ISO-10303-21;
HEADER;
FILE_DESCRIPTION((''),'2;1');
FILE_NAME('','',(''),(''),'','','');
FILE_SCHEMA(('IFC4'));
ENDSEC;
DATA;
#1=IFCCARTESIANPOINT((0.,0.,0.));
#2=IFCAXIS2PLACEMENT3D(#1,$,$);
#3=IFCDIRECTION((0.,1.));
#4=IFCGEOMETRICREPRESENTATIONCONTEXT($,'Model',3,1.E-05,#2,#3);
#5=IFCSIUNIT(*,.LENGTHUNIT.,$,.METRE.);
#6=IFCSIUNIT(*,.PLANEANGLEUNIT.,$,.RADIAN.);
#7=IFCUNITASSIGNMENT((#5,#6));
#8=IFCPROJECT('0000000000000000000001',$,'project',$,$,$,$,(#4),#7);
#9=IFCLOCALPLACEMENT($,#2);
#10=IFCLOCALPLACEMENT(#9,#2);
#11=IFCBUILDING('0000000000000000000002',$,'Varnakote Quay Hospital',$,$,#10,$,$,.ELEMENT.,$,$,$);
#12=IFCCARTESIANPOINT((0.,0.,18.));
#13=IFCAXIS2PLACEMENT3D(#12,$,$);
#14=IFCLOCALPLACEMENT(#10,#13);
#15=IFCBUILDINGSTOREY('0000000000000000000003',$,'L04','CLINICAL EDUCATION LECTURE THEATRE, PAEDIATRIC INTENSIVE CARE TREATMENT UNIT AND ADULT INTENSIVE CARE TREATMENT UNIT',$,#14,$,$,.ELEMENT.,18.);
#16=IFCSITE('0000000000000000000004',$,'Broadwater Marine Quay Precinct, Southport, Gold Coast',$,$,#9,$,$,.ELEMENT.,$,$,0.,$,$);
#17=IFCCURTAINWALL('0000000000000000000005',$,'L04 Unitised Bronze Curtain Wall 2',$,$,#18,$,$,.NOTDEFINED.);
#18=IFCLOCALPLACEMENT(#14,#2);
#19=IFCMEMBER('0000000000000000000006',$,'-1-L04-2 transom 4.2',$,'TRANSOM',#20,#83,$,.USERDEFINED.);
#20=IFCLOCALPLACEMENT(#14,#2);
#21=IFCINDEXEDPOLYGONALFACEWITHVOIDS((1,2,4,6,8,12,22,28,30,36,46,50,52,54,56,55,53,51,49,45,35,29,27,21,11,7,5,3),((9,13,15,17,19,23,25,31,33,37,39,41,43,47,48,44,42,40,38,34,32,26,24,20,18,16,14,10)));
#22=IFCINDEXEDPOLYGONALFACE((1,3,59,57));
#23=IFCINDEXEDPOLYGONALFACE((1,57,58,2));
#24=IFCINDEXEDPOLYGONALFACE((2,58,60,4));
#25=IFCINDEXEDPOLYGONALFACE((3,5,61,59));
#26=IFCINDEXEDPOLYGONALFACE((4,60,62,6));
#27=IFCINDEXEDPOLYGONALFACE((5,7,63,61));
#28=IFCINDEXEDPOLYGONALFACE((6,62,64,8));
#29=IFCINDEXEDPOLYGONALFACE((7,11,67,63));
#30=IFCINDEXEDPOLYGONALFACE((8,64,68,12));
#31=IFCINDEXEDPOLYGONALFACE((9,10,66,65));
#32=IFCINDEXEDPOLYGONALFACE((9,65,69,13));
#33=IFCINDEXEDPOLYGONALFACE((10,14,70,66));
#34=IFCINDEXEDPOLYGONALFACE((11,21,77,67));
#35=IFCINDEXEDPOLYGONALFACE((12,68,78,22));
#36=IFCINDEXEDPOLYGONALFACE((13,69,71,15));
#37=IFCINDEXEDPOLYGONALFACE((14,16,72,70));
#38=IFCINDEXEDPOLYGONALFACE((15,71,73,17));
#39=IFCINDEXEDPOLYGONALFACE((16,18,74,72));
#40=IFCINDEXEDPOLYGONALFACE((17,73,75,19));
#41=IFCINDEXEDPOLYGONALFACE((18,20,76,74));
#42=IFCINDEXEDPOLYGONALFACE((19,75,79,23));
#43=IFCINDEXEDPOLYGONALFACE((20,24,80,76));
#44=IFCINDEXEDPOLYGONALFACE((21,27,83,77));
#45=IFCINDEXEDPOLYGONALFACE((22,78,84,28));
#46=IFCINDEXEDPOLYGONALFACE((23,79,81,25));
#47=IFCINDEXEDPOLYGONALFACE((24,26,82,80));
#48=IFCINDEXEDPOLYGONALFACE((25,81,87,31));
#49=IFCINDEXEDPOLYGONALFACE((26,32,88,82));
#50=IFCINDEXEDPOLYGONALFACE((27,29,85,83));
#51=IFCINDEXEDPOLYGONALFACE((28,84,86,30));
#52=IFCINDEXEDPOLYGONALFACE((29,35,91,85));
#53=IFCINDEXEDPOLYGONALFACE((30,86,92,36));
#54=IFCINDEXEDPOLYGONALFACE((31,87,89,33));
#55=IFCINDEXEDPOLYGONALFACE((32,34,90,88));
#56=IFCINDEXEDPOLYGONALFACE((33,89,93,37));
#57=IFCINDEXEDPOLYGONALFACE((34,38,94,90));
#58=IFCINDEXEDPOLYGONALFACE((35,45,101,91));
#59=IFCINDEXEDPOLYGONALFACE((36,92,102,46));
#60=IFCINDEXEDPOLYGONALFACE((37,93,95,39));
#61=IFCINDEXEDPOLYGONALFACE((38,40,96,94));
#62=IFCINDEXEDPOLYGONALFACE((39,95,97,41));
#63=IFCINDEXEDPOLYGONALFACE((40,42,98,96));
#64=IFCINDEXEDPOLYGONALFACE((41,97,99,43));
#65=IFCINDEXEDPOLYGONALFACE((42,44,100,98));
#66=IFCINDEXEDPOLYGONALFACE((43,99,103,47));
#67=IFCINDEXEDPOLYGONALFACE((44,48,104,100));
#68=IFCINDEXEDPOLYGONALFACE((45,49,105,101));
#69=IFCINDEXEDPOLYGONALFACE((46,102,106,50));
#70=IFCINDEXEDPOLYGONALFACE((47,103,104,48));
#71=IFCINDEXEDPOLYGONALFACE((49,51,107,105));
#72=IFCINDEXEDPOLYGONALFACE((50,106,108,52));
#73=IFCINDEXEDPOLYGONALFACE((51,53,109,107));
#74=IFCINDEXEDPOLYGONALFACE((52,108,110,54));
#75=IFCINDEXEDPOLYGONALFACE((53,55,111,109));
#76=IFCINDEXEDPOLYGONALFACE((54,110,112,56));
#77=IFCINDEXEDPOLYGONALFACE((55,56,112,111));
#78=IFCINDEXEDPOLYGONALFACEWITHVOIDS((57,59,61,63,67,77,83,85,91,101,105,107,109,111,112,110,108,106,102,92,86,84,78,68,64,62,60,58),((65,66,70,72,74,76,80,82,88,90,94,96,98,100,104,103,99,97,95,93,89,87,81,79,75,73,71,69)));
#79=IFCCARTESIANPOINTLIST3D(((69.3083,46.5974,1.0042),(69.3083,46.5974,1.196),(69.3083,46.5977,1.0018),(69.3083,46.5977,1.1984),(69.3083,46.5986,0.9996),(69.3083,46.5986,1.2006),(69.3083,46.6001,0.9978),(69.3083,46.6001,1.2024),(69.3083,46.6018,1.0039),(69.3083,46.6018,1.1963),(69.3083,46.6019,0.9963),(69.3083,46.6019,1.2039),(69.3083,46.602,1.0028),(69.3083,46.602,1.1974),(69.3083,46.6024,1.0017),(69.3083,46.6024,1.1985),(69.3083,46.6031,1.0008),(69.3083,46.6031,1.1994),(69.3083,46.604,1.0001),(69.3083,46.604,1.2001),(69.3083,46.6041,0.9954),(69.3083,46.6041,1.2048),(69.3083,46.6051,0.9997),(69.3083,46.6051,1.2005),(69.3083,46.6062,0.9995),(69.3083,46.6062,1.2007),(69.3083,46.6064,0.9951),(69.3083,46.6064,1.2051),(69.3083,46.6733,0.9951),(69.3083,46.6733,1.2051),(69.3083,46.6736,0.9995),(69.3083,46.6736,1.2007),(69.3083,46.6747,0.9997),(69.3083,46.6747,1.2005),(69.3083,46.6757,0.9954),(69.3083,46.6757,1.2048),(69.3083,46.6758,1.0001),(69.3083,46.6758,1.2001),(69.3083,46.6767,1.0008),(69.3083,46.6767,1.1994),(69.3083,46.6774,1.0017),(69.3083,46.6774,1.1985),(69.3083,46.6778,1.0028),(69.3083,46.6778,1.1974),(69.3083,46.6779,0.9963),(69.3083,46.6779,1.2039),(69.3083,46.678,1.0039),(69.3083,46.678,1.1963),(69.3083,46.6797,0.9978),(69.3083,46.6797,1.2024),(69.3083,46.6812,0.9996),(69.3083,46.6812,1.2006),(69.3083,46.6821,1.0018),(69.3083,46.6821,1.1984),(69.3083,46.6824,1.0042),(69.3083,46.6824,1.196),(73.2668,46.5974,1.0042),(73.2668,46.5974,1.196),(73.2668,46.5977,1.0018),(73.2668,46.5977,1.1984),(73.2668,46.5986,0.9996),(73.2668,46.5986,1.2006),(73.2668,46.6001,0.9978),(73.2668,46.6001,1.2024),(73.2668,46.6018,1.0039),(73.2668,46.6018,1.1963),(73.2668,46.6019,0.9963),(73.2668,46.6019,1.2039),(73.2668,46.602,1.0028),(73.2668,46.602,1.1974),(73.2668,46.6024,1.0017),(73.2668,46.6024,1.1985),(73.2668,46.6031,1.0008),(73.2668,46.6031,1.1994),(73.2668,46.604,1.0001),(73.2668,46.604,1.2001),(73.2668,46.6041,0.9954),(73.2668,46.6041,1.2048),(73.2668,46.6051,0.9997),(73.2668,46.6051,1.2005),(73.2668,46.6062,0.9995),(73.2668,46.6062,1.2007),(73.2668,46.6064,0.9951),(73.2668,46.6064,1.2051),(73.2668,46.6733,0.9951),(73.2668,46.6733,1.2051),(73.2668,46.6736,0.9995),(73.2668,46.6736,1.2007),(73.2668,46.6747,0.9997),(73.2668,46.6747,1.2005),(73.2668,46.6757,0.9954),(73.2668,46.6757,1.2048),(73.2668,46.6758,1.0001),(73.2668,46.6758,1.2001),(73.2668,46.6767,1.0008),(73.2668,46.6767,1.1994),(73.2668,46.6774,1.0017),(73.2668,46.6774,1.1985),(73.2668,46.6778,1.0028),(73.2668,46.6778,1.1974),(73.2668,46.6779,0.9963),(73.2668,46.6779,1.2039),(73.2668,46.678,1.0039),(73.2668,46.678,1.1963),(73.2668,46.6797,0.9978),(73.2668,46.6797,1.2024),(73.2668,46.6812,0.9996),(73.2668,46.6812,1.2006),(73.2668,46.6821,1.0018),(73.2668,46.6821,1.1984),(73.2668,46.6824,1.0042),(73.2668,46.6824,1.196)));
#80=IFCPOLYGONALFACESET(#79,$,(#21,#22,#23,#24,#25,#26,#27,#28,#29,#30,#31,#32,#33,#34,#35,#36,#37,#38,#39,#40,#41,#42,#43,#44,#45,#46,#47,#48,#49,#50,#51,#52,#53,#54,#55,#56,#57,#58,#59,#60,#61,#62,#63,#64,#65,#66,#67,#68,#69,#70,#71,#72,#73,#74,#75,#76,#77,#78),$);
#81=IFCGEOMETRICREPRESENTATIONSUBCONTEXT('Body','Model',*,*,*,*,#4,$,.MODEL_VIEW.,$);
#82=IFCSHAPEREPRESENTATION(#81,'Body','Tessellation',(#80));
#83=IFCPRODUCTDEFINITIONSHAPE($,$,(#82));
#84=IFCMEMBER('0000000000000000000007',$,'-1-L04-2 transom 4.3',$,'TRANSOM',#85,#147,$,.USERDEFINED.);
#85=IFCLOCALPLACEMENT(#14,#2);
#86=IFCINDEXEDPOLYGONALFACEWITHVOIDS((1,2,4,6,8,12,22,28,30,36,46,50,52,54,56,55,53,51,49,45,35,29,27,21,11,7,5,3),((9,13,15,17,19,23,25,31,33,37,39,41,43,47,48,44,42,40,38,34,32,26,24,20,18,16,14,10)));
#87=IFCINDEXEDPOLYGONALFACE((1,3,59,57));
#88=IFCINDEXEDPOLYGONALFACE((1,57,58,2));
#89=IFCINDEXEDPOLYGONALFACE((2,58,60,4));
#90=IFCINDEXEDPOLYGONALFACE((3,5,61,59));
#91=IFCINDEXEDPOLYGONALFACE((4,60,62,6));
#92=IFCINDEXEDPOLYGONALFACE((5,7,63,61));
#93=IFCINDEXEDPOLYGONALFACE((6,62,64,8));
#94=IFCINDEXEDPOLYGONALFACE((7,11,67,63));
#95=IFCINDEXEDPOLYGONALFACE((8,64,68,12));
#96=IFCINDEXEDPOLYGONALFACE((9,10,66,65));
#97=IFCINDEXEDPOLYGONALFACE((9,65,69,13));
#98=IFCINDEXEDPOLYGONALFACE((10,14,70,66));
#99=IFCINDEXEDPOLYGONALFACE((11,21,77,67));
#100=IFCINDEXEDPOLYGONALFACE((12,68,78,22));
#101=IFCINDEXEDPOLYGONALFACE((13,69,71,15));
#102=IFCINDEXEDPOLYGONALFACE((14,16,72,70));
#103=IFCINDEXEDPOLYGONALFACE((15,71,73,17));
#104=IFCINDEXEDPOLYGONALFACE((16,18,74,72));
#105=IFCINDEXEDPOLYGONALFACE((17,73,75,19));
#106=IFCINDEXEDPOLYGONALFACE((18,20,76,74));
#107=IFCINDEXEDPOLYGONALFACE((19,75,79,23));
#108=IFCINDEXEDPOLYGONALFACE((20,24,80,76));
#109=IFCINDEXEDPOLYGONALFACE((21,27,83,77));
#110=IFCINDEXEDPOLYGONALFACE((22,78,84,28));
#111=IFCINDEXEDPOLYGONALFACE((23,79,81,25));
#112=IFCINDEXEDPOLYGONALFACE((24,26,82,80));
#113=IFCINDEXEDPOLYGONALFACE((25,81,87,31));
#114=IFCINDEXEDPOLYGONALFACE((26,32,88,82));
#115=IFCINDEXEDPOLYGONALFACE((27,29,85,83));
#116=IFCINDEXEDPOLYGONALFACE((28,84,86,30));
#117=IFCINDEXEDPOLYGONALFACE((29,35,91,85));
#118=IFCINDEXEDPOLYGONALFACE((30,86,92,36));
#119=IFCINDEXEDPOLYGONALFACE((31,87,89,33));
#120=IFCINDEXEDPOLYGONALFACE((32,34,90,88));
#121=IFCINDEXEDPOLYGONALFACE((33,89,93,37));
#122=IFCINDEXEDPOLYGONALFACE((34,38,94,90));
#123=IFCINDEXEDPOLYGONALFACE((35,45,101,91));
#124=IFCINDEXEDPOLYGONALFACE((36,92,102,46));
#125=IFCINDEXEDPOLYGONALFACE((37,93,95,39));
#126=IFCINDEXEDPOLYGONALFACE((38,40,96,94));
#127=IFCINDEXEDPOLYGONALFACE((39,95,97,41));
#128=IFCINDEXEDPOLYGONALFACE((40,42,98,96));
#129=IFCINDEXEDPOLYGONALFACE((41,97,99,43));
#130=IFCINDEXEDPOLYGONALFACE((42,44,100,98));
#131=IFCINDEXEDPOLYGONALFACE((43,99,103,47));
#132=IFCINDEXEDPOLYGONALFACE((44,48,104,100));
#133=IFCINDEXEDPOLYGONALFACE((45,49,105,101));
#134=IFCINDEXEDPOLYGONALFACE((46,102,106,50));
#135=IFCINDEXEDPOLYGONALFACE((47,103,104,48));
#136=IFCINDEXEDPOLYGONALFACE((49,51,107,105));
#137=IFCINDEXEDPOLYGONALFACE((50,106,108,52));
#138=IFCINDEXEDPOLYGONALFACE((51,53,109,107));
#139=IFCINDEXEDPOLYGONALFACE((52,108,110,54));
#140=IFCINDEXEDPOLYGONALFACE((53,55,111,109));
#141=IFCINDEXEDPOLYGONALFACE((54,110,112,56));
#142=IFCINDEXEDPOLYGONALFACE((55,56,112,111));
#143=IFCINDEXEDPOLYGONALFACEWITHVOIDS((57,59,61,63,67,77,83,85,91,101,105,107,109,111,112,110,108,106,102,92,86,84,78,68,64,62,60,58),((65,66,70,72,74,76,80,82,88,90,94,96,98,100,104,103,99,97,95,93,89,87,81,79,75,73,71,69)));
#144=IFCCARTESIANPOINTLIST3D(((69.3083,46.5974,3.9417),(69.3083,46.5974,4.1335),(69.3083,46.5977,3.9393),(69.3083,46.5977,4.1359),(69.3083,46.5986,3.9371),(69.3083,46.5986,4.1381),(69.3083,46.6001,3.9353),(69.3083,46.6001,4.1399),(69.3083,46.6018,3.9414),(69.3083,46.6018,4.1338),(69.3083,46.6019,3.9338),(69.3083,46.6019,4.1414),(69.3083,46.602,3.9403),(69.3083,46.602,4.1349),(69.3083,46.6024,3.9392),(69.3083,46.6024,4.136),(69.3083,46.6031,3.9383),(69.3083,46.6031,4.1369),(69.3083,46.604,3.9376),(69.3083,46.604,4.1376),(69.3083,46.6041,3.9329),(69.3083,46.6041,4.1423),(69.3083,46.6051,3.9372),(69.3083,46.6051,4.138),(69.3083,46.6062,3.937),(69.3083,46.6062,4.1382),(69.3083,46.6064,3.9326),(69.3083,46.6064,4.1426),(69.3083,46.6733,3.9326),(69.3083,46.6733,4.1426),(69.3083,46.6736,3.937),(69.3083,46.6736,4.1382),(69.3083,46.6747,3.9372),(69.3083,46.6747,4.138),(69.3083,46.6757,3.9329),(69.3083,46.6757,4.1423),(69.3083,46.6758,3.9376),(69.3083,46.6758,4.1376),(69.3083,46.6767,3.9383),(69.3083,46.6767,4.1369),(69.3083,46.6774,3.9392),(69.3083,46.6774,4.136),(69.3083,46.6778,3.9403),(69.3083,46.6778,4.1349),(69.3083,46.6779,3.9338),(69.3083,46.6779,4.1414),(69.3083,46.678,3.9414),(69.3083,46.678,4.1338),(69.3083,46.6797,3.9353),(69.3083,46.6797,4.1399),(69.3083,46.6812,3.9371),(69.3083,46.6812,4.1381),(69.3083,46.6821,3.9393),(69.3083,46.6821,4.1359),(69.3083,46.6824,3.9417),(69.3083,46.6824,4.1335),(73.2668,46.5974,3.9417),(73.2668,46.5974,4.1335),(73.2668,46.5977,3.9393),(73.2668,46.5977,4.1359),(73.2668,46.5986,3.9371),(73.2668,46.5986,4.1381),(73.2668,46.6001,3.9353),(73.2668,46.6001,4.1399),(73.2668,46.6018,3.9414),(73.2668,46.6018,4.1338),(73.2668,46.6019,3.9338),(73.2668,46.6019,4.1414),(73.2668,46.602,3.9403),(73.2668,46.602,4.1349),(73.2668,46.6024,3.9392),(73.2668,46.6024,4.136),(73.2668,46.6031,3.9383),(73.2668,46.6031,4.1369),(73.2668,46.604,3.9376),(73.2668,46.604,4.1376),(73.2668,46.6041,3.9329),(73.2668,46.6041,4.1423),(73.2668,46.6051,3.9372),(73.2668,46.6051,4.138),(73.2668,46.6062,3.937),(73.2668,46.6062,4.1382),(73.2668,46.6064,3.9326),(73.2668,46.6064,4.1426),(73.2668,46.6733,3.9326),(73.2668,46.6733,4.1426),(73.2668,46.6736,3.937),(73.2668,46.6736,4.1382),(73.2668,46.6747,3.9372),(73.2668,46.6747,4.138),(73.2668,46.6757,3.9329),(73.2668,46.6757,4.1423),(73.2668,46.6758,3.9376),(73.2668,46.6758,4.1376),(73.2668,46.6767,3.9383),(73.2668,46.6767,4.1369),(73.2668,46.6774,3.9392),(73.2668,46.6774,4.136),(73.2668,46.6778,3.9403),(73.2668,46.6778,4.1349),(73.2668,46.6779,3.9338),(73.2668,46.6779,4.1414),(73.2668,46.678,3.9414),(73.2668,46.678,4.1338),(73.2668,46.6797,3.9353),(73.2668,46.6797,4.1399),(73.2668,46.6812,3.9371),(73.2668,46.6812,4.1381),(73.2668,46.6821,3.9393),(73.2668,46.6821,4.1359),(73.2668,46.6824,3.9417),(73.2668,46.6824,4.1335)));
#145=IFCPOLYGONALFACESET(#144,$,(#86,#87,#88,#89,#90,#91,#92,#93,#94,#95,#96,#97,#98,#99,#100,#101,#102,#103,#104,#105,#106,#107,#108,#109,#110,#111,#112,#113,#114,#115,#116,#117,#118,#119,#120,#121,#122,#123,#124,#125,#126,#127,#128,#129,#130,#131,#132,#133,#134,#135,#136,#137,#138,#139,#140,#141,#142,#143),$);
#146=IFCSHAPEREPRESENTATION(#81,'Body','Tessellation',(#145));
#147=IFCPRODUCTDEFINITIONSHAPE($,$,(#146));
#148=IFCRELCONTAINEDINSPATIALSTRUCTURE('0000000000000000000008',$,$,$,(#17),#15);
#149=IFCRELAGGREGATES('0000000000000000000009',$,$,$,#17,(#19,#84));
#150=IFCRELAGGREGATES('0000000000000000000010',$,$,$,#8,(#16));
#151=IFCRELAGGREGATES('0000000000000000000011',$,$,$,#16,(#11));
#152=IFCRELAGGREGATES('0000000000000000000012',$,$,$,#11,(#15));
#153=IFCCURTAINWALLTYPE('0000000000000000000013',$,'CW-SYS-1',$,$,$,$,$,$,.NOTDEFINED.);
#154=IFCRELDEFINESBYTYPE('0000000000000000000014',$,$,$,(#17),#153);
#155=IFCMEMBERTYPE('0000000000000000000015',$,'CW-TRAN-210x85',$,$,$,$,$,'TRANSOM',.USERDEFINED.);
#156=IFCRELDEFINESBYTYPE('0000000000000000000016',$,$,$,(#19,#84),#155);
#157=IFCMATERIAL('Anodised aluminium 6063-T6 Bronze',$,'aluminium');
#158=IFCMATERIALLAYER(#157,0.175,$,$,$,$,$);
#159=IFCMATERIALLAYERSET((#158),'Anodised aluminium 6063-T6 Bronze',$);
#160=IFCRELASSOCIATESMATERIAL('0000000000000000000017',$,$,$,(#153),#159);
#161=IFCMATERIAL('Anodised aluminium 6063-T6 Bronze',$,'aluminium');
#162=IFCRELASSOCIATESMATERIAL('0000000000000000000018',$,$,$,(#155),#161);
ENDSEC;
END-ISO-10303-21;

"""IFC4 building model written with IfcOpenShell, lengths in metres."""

from ifc_helpers import new_model, si_unit, direction, frame, origin, origin_2d, place, context, subcontext, project, spatial, hollow_rectangle, extrude, material, layer, layer_set, material_profile, profile_set, type_object, element, aggregate, save


model = new_model("IFC4")

# Units and contexts
model_context = context("Model", 3, precision=1e-05, world=origin(), true_north=direction((0.0, 1.0)))
body_context = subcontext(model_context, "Body", "Model", "MODEL_VIEW")
ifc_project = project(units=[si_unit("LENGTHUNIT", "METRE"), si_unit("PLANEANGLEUNIT", "RADIAN")], contexts=[model_context])

# Site, building, storey
site_placement = place(None, origin())
site = spatial("IfcSite", under=ifc_project, at=site_placement, Name="Broadwater Marine Quay Precinct, Southport, Gold Coast", CompositionType="ELEMENT", RefElevation=0.0)
building_placement = place(site_placement, origin())
building = spatial("IfcBuilding", under=site, at=building_placement, Name="Varnakote Quay Hospital", CompositionType="ELEMENT")
storey_placement = place(building_placement, frame((0.0, 0.0, 18.0)))
storey = spatial("IfcBuildingStorey", under=building, at=storey_placement, Name="L04", Description="CLINICAL EDUCATION LECTURE THEATRE, PAEDIATRIC INTENSIVE CARE TREATMENT UNIT AND ADULT INTENSIVE CARE TREATMENT UNIT", CompositionType="ELEMENT", Elevation=18.0)

# Curtain wall, members
ifc_material_1 = material(Name="Anodised aluminium 6063-T6 Bronze", Category="aluminium")
ifc_layer_1 = layer(ifc_material_1, 0.175)
ifc_layer_set_1 = layer_set([ifc_layer_1], Name="Anodised aluminium 6063-T6 Bronze")
curtain_wall_type = type_object("IfcCurtainWallType", Name="CW-SYS-1", PredefinedType="NOTDEFINED", material=ifc_layer_set_1)
curtain_wall_placement = place(storey_placement, origin())
curtain_wall = element("IfcCurtainWall", 1, at=curtain_wall_placement, inside=storey, type_object=curtain_wall_type, Name="L04 Unitised Bronze Curtain Wall 2", PredefinedType="NOTDEFINED")
ifc_material_2 = material(Name="Anodised aluminium 6063-T6 Bronze", Category="aluminium")
ifc_material_profile_1 = material_profile(ifc_material_2, hollow_rectangle(XDim=0.085, YDim=0.21, WallThickness=0.0044, InnerFilletRadius=0.0044, OuterFilletRadius=0.009, at=origin_2d()), Name="CW-TRAN-210x85")
ifc_profile_set_1 = profile_set([ifc_material_profile_1], Name="Anodised aluminium 6063-T6 Bronze")
member_type_1 = type_object("IfcMemberType", Name="CW-TRAN-210x85", ElementType="TRANSOM", PredefinedType="USERDEFINED", material=ifc_profile_set_1)
member_1_placement = place(storey_placement, frame((73.2668, 46.6399, 1.1001), z_axis=(-1.0, 0.0, 0.0), x_axis=(0.0, -1.0, 0.0)))
member_1 = element("IfcMember", 2, at=member_1_placement, type_object=member_type_1, Name="-1-L04-2 transom 4.2", ObjectType="TRANSOM", PredefinedType="USERDEFINED", context=body_context, shape_type="SweptSolid", body=[
    extrude(hollow_rectangle(XDim=0.085, YDim=0.21, WallThickness=0.0044, InnerFilletRadius=0.0044, OuterFilletRadius=0.009, at=origin_2d()), origin(), (0.0, 0.0, 1.0), 3.9585),
])
member_2_placement = place(storey_placement, frame((73.2668, 46.6399, 4.0376), z_axis=(-1.0, 0.0, 0.0), x_axis=(0.0, -1.0, 0.0)))
member_2 = element("IfcMember", 3, at=member_2_placement, type_object=member_type_1, Name="-1-L04-2 transom 4.3", ObjectType="TRANSOM", PredefinedType="USERDEFINED", context=body_context, shape_type="SweptSolid", body=[
    extrude(hollow_rectangle(XDim=0.085, YDim=0.21, WallThickness=0.0044, InnerFilletRadius=0.0044, OuterFilletRadius=0.009, at=origin_2d()), origin(), (0.0, 0.0, 1.0), 3.9585),
])

aggregate(curtain_wall, [member_1, member_2])

save(model, "model.ifc")
